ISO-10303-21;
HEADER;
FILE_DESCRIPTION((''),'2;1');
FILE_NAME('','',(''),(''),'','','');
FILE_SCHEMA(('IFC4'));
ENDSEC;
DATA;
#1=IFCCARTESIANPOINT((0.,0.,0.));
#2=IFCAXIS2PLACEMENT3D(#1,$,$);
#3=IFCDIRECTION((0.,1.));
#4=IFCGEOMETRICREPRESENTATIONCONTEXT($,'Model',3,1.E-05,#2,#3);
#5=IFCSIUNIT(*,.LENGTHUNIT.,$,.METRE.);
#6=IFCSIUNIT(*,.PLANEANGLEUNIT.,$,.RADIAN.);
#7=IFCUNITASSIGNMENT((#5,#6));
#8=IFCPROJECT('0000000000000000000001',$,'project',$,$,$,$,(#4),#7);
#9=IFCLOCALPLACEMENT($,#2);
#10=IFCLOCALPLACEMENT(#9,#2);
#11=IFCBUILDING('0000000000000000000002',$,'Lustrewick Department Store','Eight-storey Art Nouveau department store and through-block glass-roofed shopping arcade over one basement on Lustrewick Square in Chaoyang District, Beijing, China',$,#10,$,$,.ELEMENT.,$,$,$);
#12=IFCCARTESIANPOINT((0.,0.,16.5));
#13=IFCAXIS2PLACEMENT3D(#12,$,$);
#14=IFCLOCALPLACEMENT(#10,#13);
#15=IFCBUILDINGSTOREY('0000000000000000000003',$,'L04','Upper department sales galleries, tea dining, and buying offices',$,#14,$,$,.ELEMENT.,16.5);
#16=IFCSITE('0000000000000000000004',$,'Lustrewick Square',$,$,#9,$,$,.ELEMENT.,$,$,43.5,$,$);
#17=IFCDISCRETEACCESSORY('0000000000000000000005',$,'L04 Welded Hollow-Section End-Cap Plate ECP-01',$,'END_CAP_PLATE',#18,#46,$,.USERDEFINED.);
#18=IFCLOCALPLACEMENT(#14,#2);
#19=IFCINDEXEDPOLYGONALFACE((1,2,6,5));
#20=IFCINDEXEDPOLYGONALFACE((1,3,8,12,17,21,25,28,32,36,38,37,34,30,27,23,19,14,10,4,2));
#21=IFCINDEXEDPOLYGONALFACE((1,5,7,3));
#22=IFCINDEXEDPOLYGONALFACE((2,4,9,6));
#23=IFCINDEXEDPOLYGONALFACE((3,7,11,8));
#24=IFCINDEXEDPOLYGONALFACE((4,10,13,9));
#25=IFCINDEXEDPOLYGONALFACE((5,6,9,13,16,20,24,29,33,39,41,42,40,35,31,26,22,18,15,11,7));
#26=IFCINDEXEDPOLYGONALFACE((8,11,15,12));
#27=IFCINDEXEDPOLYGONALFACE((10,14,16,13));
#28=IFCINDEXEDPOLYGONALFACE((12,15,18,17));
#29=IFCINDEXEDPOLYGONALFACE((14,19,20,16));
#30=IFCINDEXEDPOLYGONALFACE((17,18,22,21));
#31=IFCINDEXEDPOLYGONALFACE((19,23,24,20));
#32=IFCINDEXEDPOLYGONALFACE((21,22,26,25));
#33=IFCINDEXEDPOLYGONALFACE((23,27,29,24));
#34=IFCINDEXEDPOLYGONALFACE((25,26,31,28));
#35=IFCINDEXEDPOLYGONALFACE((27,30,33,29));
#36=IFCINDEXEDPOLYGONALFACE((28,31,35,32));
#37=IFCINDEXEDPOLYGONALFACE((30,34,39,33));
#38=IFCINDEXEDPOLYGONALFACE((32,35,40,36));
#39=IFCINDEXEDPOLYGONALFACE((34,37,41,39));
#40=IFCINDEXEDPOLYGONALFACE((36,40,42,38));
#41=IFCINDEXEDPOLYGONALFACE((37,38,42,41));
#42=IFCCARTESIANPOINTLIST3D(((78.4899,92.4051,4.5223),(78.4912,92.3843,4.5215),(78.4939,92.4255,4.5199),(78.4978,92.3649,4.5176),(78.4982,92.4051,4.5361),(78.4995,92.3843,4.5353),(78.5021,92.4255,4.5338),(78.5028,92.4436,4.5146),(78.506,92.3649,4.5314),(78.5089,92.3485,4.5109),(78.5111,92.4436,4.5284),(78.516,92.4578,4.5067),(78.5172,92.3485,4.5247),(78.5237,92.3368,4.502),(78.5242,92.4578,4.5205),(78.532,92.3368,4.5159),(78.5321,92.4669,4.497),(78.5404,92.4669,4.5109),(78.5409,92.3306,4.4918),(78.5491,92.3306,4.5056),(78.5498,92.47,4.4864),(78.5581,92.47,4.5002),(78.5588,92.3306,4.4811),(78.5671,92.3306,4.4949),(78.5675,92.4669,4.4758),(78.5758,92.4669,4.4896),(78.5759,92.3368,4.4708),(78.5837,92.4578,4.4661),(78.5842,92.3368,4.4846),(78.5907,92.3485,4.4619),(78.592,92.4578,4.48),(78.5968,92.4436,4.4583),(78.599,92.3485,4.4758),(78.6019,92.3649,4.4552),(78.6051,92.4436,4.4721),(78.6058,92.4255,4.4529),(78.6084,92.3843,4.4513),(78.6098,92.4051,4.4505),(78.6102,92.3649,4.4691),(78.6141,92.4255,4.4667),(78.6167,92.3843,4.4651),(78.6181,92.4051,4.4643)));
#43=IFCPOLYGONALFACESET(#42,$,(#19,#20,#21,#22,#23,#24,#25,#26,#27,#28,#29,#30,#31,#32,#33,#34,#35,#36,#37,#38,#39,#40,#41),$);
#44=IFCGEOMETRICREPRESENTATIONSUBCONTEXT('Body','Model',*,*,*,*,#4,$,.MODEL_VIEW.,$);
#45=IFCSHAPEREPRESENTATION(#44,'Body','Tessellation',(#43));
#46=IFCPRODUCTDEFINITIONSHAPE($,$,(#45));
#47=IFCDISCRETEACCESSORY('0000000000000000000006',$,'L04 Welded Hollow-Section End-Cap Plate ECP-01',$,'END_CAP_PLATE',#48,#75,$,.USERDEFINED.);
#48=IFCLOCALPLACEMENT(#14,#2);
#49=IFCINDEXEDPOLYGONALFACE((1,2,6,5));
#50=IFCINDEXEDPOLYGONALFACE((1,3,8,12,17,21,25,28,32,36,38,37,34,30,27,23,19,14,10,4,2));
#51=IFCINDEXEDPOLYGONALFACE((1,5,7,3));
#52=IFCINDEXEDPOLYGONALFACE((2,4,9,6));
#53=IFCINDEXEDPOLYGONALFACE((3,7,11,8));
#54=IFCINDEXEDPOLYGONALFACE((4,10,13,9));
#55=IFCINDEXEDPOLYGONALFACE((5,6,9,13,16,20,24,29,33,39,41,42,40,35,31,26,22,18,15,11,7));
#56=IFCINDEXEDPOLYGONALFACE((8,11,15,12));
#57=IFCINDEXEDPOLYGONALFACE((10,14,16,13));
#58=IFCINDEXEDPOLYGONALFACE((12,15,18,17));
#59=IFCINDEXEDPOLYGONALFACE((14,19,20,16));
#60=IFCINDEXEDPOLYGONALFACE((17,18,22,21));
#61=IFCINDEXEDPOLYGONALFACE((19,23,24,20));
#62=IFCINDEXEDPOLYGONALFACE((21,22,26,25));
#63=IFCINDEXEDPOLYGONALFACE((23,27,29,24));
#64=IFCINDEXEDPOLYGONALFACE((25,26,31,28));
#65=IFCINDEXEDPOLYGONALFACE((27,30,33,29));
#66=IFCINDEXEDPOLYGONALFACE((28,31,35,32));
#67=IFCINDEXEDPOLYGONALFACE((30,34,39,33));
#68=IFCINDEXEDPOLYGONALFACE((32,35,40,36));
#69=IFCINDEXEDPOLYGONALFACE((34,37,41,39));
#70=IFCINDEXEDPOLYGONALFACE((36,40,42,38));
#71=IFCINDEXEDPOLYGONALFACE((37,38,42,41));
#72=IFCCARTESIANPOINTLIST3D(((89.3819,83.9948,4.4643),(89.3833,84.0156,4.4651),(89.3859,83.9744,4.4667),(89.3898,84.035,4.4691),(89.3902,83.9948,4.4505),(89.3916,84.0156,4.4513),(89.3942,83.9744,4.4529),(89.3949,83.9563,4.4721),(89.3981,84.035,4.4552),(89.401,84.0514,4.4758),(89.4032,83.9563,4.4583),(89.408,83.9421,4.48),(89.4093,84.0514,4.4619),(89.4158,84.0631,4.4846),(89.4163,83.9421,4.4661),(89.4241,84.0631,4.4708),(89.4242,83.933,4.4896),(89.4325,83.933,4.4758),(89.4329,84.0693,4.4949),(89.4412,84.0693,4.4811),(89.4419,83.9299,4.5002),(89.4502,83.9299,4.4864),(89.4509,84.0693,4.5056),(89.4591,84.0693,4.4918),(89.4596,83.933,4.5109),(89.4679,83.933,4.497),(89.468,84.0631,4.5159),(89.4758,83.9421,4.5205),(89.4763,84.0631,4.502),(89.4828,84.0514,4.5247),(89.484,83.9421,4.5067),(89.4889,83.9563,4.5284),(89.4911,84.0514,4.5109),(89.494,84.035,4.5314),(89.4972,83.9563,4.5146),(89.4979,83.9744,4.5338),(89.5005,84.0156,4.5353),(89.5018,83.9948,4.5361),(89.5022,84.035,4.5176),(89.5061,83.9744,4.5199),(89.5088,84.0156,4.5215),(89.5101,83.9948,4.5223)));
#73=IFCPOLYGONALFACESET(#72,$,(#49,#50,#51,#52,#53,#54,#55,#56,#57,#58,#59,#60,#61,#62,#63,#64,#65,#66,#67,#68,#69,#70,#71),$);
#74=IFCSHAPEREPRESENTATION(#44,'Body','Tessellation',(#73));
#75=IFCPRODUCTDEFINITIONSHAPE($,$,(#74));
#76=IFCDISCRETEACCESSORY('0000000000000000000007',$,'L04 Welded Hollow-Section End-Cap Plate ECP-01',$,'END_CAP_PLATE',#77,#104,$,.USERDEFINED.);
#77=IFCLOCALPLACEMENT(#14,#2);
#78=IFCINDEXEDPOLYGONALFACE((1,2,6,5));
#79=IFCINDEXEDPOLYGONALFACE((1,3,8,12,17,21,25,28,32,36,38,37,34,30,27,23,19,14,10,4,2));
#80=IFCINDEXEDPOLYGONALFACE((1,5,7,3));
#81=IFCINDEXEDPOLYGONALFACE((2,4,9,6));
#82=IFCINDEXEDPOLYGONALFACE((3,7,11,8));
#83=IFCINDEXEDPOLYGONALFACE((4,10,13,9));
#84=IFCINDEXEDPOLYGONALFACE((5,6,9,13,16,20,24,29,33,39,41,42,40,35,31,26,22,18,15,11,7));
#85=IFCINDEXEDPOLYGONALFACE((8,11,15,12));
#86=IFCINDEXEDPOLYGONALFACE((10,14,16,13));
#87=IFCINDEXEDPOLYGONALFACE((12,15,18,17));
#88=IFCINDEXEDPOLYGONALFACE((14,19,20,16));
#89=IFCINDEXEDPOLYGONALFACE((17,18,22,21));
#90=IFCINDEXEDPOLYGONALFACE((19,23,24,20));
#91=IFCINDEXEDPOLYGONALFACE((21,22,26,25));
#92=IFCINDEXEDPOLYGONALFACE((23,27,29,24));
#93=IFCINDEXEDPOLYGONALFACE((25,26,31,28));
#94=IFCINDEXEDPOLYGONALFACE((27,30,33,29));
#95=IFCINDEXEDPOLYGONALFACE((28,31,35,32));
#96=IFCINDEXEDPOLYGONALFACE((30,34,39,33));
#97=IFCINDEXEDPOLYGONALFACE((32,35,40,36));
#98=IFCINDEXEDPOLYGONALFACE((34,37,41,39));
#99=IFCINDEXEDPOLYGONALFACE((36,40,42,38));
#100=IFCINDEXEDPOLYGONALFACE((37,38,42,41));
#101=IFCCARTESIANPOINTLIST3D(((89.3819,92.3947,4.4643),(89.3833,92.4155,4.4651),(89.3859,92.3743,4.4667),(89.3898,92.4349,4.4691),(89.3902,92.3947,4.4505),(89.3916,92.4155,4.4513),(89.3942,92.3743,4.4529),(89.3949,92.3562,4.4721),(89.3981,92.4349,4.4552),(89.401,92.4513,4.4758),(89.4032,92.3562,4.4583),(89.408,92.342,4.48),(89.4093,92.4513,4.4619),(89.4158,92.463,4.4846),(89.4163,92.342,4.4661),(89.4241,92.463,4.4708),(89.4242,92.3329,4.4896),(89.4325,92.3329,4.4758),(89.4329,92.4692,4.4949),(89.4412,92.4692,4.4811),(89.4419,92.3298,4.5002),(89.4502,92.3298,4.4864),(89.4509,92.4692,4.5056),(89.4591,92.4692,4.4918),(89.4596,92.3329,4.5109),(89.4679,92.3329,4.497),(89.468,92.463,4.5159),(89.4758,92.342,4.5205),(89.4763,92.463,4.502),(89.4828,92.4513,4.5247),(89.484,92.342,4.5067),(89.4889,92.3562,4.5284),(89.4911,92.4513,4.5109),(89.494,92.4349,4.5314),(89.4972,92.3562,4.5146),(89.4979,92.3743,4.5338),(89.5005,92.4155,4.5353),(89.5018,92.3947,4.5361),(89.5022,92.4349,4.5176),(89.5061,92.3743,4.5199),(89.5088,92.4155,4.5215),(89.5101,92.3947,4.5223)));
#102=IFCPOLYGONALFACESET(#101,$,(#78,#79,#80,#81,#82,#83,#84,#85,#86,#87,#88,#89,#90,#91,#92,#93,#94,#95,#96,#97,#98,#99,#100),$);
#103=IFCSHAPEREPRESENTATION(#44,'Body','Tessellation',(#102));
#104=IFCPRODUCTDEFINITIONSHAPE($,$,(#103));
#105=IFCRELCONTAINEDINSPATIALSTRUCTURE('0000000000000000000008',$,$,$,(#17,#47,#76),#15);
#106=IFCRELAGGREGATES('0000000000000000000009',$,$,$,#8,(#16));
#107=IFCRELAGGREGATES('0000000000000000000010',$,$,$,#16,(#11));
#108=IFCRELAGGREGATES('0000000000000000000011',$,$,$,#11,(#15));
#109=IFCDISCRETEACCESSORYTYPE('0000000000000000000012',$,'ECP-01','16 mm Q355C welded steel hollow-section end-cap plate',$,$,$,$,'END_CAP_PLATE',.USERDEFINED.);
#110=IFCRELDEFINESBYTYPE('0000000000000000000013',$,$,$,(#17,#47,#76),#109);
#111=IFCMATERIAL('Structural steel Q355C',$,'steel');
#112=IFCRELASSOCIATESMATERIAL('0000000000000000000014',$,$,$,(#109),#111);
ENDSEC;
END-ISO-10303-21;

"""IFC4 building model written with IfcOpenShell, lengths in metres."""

from ifc_helpers import new_model, si_unit, direction, frame, origin, origin_2d, place, context, subcontext, project, spatial, circle, extrude, material, type_object, element, save


model = new_model("IFC4")

# Units and contexts
model_context = context("Model", 3, precision=1e-05, world=origin(), true_north=direction((0.0, 1.0)))
body_context = subcontext(model_context, "Body", "Model", "MODEL_VIEW")
ifc_project = project(units=[si_unit("LENGTHUNIT", "METRE"), si_unit("PLANEANGLEUNIT", "RADIAN")], contexts=[model_context])

# Site, building, storey
site_placement = place(None, origin())
site = spatial("IfcSite", under=ifc_project, at=site_placement, Name="Lustrewick Square", CompositionType="ELEMENT", RefElevation=43.5)
building_placement = place(site_placement, origin())
building = spatial("IfcBuilding", under=site, at=building_placement, Name="Lustrewick Department Store", Description="Eight-storey Art Nouveau department store and through-block glass-roofed shopping arcade over one basement on Lustrewick Square in Chaoyang District, Beijing, China", CompositionType="ELEMENT")
storey_placement = place(building_placement, frame((0.0, 0.0, 16.5)))
storey = spatial("IfcBuildingStorey", under=building, at=storey_placement, Name="L04", Description="Upper department sales galleries, tea dining, and buying offices", CompositionType="ELEMENT", Elevation=16.5)

# Shared definitions
ifc_material_1 = material(Name="Structural steel Q355C", Category="steel")

# Discrete accessories
discrete_accessory_type = type_object("IfcDiscreteAccessoryType", Name="ECP-01", Description="16 mm Q355C welded steel hollow-section end-cap plate", ElementType="END_CAP_PLATE", PredefinedType="USERDEFINED", material=ifc_material_1)
for number, where, z_axis, x_axis, name in (
    (1, (78.5581, 92.3999, 4.5002), (-0.513782, 0.0, -0.857921), (0.0, 1.0, 0.0), "L04 Welded Hollow-Section End-Cap Plate ECP-01"),
    (2, (89.4419, 84.0, 4.5002), (0.513782, 0.0, -0.857921), (0.0, -1.0, 0.0), "L04 Welded Hollow-Section End-Cap Plate ECP-01"),
    (3, (89.4419, 92.3999, 4.5002), (0.513782, 0.0, -0.857921), (0.0, -1.0, 0.0), "L04 Welded Hollow-Section End-Cap Plate ECP-01"),
):
    element("IfcDiscreteAccessory", number, at=place(storey_placement, frame(where, z_axis=z_axis, x_axis=x_axis)), inside=storey, type_object=discrete_accessory_type, Name=name, ObjectType="END_CAP_PLATE", PredefinedType="USERDEFINED", context=body_context, shape_type="SweptSolid", body=[
        extrude(circle(Radius=0.0701, at=origin_2d()), origin(), (0.0, 0.0, 1.0), 0.0161),
    ])

save(model, "model.ifc")
